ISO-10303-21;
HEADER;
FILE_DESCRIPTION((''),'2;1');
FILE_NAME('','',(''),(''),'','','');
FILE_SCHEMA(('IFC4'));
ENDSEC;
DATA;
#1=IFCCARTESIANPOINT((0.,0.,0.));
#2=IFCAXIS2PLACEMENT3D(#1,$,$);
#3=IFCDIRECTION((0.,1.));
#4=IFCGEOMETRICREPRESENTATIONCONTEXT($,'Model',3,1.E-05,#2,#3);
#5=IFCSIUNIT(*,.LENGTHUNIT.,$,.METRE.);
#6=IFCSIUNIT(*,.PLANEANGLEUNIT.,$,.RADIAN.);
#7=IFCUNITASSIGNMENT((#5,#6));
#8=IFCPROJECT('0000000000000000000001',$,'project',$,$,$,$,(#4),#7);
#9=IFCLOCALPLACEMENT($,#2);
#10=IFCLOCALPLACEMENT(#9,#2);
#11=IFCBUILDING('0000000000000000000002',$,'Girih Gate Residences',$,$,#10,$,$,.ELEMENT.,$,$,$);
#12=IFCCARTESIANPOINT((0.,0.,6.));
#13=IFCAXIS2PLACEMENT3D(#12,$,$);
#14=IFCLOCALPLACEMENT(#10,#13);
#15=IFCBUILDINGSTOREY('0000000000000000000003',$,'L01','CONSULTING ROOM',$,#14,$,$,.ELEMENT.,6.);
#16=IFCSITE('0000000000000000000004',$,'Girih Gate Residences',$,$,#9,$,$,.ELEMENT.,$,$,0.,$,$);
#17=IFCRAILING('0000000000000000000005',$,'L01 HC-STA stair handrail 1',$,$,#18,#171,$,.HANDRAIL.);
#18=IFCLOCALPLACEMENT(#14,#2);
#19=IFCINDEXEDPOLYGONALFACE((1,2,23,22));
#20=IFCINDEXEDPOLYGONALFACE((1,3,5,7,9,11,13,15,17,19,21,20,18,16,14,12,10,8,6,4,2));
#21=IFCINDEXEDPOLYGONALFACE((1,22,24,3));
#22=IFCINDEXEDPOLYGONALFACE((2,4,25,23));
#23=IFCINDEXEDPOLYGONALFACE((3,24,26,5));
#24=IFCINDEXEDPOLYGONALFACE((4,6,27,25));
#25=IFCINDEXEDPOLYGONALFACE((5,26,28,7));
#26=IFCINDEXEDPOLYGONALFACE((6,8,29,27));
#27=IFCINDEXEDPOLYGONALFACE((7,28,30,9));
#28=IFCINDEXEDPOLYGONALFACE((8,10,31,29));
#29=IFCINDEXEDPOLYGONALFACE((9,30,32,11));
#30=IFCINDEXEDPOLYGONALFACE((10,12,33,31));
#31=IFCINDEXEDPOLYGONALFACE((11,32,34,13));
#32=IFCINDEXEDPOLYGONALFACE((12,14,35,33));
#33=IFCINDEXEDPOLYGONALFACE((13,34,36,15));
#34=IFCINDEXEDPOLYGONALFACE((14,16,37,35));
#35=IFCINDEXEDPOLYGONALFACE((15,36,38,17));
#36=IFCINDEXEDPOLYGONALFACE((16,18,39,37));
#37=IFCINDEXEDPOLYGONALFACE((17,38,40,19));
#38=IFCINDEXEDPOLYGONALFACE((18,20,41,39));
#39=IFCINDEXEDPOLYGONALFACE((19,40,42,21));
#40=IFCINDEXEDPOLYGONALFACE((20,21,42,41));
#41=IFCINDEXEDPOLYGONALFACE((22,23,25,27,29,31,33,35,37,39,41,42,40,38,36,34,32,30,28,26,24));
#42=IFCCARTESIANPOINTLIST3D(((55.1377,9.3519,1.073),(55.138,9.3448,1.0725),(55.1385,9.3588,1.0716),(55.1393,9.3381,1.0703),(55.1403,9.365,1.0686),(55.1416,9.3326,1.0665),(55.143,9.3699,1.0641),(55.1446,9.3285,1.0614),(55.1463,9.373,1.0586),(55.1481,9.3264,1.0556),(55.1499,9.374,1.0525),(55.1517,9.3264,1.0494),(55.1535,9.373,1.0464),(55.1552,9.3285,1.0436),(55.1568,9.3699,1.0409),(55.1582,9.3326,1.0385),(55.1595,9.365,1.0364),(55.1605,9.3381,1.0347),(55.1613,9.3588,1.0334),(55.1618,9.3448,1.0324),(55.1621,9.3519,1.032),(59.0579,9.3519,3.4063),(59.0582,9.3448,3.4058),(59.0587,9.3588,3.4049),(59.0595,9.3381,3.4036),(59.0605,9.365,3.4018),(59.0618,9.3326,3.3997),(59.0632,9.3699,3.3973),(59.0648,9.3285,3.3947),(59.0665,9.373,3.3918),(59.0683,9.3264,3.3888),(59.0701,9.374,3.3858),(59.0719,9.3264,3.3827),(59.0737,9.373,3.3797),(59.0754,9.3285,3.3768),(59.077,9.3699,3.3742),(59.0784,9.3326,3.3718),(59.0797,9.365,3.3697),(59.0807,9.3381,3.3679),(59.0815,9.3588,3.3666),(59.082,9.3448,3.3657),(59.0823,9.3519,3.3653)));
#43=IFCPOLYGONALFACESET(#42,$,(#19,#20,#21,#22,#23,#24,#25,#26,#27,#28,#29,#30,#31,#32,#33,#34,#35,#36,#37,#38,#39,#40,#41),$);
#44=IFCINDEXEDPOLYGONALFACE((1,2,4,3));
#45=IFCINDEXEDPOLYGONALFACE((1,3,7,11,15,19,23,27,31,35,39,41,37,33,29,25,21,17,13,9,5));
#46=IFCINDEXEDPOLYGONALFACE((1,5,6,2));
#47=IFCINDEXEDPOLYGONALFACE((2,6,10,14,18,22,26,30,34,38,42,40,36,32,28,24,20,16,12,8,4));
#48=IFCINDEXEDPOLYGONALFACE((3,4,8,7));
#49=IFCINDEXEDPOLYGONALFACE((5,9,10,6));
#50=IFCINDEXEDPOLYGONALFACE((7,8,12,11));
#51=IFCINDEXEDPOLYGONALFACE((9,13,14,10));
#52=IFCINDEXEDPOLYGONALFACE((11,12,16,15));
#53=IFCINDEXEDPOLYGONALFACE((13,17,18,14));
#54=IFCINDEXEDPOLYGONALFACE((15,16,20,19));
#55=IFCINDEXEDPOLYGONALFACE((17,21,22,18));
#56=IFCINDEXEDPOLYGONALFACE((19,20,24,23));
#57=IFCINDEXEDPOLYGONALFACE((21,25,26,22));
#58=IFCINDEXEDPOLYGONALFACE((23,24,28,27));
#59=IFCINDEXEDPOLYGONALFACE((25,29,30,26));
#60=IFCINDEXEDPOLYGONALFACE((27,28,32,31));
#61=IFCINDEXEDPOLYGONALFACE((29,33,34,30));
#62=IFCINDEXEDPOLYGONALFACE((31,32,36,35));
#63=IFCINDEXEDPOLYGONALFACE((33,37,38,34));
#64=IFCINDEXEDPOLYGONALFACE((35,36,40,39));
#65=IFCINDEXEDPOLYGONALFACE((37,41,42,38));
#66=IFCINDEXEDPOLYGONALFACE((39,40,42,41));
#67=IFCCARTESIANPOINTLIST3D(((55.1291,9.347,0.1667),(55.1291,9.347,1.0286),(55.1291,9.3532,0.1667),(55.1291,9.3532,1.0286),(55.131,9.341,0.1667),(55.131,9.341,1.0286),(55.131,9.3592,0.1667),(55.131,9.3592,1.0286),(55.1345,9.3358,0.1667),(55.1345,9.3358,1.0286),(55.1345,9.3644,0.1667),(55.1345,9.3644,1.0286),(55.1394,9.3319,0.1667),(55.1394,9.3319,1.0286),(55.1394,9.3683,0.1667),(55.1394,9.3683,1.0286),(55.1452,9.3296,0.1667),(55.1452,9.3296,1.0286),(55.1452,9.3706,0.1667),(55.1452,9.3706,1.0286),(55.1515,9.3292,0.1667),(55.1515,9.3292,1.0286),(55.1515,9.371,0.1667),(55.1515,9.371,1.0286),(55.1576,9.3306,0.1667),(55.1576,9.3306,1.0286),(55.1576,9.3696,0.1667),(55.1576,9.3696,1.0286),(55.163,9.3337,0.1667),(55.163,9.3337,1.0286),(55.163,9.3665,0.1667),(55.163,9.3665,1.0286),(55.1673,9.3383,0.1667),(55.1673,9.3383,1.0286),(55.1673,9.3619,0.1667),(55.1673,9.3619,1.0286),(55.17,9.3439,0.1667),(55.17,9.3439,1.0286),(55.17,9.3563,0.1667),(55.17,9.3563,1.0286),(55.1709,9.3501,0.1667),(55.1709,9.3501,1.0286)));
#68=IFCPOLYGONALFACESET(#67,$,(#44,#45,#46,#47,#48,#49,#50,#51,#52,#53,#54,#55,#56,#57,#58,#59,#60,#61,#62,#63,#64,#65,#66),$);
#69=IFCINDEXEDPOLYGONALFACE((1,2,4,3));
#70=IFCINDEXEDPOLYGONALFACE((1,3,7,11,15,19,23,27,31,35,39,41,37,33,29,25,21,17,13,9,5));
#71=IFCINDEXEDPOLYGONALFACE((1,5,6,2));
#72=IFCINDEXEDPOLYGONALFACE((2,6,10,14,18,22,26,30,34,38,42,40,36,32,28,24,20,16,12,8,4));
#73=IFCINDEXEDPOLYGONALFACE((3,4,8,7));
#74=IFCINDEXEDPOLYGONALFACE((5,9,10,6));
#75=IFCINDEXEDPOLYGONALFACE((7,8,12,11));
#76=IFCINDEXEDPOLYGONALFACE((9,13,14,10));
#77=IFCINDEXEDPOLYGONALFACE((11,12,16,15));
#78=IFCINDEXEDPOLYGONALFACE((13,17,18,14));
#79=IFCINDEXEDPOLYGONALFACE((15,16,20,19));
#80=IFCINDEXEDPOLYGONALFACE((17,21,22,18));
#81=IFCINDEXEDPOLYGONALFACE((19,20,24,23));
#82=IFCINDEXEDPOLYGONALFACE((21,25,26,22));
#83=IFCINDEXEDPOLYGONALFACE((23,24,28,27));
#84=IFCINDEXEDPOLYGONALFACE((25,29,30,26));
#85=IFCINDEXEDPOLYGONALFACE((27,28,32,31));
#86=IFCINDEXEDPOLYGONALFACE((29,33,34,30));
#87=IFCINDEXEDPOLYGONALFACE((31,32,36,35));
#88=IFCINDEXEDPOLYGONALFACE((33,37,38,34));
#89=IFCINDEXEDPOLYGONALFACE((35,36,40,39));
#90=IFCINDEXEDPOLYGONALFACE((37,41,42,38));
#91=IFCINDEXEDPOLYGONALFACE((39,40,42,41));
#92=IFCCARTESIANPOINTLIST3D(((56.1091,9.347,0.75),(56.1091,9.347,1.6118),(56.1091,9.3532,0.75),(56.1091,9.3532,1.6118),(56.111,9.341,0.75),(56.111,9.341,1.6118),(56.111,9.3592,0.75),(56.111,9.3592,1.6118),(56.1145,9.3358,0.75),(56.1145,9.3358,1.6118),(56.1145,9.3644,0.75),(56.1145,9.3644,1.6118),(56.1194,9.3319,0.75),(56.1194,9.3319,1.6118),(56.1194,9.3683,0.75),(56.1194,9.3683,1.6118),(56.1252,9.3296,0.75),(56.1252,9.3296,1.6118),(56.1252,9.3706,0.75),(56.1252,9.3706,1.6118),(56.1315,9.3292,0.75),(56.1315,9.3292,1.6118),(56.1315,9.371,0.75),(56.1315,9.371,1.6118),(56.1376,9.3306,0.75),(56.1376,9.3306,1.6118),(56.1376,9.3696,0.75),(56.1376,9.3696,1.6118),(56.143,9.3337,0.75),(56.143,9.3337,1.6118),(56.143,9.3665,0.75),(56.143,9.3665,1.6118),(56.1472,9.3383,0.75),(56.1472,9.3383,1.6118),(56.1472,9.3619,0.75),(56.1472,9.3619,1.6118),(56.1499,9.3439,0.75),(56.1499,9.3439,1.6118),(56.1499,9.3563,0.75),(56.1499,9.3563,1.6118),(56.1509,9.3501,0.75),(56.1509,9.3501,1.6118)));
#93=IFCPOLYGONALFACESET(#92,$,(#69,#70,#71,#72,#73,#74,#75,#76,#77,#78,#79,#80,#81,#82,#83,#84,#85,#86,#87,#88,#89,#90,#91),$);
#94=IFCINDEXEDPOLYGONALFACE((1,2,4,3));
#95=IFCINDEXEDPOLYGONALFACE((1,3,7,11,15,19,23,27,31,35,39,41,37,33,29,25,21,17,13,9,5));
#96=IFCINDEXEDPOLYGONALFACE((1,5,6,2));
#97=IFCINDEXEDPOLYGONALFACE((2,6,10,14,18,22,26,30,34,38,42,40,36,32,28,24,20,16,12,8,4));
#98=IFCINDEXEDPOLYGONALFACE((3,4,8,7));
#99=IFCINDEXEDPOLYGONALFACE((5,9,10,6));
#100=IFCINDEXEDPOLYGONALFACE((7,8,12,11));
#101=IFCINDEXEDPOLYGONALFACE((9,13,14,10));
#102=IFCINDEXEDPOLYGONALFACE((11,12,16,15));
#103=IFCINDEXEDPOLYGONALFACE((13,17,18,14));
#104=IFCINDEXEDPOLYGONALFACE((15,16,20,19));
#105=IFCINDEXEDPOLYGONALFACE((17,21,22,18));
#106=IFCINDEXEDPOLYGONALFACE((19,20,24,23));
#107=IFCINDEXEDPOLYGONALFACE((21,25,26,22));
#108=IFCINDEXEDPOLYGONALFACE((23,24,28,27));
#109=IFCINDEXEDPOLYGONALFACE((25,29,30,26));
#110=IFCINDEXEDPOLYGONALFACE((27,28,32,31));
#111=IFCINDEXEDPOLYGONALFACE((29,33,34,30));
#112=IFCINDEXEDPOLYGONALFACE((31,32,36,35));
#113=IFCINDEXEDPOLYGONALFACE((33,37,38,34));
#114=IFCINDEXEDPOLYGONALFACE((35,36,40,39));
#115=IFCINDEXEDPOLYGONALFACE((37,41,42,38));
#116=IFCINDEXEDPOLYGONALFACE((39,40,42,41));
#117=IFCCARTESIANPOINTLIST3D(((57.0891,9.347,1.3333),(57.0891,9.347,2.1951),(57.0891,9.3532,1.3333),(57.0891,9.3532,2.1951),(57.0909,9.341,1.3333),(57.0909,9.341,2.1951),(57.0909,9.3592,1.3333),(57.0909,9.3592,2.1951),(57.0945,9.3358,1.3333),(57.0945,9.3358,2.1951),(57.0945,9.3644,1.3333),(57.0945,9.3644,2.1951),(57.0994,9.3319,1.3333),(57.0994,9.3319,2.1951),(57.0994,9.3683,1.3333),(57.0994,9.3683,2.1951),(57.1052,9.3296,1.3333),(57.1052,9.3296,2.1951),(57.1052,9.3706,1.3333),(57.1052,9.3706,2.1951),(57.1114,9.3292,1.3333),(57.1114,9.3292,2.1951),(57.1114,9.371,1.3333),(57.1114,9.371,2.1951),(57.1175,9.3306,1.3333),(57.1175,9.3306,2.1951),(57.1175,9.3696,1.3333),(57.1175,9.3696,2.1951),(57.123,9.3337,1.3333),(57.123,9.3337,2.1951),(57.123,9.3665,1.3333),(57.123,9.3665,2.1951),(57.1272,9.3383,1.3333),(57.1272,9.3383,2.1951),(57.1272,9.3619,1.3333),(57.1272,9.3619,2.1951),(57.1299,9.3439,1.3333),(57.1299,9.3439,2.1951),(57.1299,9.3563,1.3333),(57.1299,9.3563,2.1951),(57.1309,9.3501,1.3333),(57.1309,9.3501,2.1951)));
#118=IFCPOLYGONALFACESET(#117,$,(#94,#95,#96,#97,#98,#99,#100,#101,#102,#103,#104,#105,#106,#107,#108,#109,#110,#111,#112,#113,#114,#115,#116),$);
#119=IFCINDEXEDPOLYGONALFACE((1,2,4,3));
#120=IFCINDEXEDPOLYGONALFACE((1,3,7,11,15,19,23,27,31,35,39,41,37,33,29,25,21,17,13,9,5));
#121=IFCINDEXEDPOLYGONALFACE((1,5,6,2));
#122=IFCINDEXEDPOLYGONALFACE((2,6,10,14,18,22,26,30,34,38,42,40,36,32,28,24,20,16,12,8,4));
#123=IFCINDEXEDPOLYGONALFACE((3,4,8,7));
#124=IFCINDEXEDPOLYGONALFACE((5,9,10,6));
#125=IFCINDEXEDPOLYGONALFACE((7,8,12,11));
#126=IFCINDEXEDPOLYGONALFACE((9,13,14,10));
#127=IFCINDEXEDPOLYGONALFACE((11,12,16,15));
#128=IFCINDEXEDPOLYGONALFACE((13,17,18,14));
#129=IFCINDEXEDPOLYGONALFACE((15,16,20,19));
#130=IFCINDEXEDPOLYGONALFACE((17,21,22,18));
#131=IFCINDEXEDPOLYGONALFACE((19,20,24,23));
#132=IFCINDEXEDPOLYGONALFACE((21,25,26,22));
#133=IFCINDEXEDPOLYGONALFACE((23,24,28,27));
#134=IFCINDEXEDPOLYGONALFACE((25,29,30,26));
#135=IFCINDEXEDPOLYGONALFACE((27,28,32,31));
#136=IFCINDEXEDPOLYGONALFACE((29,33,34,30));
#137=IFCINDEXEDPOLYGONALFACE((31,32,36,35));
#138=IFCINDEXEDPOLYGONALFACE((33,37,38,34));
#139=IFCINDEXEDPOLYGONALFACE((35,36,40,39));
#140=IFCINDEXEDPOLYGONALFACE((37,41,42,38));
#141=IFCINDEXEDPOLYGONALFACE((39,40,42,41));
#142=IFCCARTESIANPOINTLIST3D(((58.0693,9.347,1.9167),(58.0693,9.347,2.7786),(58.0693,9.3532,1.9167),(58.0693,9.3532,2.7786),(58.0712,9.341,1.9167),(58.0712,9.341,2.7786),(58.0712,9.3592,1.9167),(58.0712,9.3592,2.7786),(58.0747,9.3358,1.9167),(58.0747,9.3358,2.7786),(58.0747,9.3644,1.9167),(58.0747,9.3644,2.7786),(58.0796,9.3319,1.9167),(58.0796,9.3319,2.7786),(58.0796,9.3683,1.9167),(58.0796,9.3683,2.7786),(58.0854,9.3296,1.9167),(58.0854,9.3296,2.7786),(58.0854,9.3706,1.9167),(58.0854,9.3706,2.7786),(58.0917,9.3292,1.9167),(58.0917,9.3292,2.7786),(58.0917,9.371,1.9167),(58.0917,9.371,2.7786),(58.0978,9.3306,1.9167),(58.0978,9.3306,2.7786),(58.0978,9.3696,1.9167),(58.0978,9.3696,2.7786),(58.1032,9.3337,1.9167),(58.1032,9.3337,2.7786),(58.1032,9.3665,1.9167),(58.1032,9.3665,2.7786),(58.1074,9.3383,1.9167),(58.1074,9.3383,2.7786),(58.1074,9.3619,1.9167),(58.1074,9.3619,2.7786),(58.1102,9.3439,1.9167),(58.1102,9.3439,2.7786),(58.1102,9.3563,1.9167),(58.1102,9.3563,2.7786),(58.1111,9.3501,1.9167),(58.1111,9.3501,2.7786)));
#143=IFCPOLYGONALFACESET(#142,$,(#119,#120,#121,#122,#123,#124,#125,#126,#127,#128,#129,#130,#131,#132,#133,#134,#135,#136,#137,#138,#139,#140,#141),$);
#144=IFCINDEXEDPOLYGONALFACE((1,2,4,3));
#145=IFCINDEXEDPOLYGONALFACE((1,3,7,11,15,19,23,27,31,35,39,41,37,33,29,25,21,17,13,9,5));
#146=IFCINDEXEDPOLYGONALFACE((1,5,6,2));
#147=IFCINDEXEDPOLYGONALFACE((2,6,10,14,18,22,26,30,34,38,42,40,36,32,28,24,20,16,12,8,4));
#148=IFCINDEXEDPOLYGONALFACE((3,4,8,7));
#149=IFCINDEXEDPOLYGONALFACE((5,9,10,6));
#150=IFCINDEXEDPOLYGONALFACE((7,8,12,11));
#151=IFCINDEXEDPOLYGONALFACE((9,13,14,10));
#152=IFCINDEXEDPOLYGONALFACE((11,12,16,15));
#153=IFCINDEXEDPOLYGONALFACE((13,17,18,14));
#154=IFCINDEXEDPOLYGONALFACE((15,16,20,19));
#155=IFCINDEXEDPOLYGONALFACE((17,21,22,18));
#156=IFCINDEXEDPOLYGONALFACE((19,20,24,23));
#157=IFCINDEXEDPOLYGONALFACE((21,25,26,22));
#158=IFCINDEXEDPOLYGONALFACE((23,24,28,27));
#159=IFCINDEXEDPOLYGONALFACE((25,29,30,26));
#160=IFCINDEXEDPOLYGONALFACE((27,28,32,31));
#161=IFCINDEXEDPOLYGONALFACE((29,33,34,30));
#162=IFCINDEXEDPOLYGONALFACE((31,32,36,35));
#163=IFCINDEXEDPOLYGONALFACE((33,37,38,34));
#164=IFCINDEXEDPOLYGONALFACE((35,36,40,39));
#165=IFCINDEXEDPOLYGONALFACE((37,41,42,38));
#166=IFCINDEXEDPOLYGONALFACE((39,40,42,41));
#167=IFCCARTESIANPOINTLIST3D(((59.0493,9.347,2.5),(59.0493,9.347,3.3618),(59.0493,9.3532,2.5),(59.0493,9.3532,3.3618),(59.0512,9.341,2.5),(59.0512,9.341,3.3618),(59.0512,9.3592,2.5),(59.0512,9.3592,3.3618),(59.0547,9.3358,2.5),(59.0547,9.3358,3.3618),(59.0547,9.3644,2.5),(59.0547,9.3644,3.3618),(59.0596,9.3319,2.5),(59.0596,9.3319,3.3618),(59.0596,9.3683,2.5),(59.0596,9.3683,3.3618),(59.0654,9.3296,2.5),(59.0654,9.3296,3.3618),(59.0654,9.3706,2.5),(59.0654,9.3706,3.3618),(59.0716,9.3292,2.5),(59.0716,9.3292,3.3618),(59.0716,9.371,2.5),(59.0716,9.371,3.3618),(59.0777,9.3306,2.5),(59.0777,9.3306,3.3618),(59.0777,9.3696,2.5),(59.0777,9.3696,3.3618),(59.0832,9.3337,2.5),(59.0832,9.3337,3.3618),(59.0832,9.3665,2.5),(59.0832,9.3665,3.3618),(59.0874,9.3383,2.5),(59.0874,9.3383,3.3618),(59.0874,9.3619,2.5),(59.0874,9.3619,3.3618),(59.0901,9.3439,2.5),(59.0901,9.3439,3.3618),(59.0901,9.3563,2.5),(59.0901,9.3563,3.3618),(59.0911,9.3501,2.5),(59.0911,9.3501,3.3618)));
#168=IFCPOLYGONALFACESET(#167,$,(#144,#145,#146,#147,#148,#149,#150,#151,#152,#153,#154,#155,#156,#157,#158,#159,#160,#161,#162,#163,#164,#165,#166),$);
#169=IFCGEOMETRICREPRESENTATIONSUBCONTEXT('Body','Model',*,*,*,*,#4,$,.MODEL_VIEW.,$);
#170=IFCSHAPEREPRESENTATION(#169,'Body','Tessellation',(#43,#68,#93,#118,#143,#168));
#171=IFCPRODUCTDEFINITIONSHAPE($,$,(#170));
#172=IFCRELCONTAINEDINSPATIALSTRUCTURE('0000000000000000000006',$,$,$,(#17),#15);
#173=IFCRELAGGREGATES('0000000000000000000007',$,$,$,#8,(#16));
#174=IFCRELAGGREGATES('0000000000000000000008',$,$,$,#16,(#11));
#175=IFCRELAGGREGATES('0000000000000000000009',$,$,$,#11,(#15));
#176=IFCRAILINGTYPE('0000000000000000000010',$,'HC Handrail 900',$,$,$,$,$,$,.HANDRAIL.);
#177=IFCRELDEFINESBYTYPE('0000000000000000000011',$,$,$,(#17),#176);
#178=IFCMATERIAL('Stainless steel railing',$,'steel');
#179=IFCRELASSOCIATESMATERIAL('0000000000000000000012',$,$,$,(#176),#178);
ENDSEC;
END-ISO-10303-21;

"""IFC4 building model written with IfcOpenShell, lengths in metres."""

from ifc_helpers import new_model, si_unit, direction, frame, origin, origin_2d, place, context, subcontext, project, spatial, circle, extrude, material, type_object, element, save


model = new_model("IFC4")

# Units and contexts
model_context = context("Model", 3, precision=1e-05, world=origin(), true_north=direction((0.0, 1.0)))
body_context = subcontext(model_context, "Body", "Model", "MODEL_VIEW")
ifc_project = project(units=[si_unit("LENGTHUNIT", "METRE"), si_unit("PLANEANGLEUNIT", "RADIAN")], contexts=[model_context])

# Site, building, storey
site_placement = place(None, origin())
site = spatial("IfcSite", under=ifc_project, at=site_placement, Name="Girih Gate Residences", CompositionType="ELEMENT", RefElevation=0.0)
building_placement = place(site_placement, origin())
building = spatial("IfcBuilding", under=site, at=building_placement, Name="Girih Gate Residences", CompositionType="ELEMENT")
storey_placement = place(building_placement, frame((0.0, 0.0, 6.0)))
storey = spatial("IfcBuildingStorey", under=building, at=storey_placement, Name="L01", Description="CONSULTING ROOM", CompositionType="ELEMENT", Elevation=6.0)

# Railing
ifc_material_1 = material(Name="Stainless steel railing", Category="steel")
railing_type_1 = type_object("IfcRailingType", Name="HC Handrail 900", PredefinedType="HANDRAIL", material=ifc_material_1)
railing_1_placement = place(storey_placement, frame((55.1499, 9.3501, 0.1667)))
element("IfcRailing", 1, at=railing_1_placement, inside=storey, type_object=railing_type_1, Name="L01 HC-STA stair handrail 1", PredefinedType="HANDRAIL", context=body_context, shape_type="SweptSolid", body=[
    extrude(circle(Radius=0.0239, at=origin_2d()), frame((0.0, 0.0, 0.8857), z_axis=(0.85931, 0.0, 0.511455), x_axis=(0.0, 1.0, 0.0)), (0.0, 0.0, 1.0), 4.562),
    extrude(circle(Radius=0.021, at=origin_2d()), origin(), (0.0, 0.0, 1.0), 0.8618),
    extrude(circle(Radius=0.021, at=origin_2d()), frame((0.98, 0.0, 0.5833)), (0.0, 0.0, 1.0), 0.8618),
    extrude(circle(Radius=0.021, at=origin_2d()), frame((1.96, 0.0, 1.1665)), (0.0, 0.0, 1.0), 0.8618),
    extrude(circle(Radius=0.021, at=origin_2d()), frame((2.9402, 0.0, 1.75)), (0.0, 0.0, 1.0), 0.8618),
    extrude(circle(Radius=0.021, at=origin_2d()), frame((3.9202, 0.0, 2.3333)), (0.0, 0.0, 1.0), 0.8618),
])

save(model, "model.ifc")
